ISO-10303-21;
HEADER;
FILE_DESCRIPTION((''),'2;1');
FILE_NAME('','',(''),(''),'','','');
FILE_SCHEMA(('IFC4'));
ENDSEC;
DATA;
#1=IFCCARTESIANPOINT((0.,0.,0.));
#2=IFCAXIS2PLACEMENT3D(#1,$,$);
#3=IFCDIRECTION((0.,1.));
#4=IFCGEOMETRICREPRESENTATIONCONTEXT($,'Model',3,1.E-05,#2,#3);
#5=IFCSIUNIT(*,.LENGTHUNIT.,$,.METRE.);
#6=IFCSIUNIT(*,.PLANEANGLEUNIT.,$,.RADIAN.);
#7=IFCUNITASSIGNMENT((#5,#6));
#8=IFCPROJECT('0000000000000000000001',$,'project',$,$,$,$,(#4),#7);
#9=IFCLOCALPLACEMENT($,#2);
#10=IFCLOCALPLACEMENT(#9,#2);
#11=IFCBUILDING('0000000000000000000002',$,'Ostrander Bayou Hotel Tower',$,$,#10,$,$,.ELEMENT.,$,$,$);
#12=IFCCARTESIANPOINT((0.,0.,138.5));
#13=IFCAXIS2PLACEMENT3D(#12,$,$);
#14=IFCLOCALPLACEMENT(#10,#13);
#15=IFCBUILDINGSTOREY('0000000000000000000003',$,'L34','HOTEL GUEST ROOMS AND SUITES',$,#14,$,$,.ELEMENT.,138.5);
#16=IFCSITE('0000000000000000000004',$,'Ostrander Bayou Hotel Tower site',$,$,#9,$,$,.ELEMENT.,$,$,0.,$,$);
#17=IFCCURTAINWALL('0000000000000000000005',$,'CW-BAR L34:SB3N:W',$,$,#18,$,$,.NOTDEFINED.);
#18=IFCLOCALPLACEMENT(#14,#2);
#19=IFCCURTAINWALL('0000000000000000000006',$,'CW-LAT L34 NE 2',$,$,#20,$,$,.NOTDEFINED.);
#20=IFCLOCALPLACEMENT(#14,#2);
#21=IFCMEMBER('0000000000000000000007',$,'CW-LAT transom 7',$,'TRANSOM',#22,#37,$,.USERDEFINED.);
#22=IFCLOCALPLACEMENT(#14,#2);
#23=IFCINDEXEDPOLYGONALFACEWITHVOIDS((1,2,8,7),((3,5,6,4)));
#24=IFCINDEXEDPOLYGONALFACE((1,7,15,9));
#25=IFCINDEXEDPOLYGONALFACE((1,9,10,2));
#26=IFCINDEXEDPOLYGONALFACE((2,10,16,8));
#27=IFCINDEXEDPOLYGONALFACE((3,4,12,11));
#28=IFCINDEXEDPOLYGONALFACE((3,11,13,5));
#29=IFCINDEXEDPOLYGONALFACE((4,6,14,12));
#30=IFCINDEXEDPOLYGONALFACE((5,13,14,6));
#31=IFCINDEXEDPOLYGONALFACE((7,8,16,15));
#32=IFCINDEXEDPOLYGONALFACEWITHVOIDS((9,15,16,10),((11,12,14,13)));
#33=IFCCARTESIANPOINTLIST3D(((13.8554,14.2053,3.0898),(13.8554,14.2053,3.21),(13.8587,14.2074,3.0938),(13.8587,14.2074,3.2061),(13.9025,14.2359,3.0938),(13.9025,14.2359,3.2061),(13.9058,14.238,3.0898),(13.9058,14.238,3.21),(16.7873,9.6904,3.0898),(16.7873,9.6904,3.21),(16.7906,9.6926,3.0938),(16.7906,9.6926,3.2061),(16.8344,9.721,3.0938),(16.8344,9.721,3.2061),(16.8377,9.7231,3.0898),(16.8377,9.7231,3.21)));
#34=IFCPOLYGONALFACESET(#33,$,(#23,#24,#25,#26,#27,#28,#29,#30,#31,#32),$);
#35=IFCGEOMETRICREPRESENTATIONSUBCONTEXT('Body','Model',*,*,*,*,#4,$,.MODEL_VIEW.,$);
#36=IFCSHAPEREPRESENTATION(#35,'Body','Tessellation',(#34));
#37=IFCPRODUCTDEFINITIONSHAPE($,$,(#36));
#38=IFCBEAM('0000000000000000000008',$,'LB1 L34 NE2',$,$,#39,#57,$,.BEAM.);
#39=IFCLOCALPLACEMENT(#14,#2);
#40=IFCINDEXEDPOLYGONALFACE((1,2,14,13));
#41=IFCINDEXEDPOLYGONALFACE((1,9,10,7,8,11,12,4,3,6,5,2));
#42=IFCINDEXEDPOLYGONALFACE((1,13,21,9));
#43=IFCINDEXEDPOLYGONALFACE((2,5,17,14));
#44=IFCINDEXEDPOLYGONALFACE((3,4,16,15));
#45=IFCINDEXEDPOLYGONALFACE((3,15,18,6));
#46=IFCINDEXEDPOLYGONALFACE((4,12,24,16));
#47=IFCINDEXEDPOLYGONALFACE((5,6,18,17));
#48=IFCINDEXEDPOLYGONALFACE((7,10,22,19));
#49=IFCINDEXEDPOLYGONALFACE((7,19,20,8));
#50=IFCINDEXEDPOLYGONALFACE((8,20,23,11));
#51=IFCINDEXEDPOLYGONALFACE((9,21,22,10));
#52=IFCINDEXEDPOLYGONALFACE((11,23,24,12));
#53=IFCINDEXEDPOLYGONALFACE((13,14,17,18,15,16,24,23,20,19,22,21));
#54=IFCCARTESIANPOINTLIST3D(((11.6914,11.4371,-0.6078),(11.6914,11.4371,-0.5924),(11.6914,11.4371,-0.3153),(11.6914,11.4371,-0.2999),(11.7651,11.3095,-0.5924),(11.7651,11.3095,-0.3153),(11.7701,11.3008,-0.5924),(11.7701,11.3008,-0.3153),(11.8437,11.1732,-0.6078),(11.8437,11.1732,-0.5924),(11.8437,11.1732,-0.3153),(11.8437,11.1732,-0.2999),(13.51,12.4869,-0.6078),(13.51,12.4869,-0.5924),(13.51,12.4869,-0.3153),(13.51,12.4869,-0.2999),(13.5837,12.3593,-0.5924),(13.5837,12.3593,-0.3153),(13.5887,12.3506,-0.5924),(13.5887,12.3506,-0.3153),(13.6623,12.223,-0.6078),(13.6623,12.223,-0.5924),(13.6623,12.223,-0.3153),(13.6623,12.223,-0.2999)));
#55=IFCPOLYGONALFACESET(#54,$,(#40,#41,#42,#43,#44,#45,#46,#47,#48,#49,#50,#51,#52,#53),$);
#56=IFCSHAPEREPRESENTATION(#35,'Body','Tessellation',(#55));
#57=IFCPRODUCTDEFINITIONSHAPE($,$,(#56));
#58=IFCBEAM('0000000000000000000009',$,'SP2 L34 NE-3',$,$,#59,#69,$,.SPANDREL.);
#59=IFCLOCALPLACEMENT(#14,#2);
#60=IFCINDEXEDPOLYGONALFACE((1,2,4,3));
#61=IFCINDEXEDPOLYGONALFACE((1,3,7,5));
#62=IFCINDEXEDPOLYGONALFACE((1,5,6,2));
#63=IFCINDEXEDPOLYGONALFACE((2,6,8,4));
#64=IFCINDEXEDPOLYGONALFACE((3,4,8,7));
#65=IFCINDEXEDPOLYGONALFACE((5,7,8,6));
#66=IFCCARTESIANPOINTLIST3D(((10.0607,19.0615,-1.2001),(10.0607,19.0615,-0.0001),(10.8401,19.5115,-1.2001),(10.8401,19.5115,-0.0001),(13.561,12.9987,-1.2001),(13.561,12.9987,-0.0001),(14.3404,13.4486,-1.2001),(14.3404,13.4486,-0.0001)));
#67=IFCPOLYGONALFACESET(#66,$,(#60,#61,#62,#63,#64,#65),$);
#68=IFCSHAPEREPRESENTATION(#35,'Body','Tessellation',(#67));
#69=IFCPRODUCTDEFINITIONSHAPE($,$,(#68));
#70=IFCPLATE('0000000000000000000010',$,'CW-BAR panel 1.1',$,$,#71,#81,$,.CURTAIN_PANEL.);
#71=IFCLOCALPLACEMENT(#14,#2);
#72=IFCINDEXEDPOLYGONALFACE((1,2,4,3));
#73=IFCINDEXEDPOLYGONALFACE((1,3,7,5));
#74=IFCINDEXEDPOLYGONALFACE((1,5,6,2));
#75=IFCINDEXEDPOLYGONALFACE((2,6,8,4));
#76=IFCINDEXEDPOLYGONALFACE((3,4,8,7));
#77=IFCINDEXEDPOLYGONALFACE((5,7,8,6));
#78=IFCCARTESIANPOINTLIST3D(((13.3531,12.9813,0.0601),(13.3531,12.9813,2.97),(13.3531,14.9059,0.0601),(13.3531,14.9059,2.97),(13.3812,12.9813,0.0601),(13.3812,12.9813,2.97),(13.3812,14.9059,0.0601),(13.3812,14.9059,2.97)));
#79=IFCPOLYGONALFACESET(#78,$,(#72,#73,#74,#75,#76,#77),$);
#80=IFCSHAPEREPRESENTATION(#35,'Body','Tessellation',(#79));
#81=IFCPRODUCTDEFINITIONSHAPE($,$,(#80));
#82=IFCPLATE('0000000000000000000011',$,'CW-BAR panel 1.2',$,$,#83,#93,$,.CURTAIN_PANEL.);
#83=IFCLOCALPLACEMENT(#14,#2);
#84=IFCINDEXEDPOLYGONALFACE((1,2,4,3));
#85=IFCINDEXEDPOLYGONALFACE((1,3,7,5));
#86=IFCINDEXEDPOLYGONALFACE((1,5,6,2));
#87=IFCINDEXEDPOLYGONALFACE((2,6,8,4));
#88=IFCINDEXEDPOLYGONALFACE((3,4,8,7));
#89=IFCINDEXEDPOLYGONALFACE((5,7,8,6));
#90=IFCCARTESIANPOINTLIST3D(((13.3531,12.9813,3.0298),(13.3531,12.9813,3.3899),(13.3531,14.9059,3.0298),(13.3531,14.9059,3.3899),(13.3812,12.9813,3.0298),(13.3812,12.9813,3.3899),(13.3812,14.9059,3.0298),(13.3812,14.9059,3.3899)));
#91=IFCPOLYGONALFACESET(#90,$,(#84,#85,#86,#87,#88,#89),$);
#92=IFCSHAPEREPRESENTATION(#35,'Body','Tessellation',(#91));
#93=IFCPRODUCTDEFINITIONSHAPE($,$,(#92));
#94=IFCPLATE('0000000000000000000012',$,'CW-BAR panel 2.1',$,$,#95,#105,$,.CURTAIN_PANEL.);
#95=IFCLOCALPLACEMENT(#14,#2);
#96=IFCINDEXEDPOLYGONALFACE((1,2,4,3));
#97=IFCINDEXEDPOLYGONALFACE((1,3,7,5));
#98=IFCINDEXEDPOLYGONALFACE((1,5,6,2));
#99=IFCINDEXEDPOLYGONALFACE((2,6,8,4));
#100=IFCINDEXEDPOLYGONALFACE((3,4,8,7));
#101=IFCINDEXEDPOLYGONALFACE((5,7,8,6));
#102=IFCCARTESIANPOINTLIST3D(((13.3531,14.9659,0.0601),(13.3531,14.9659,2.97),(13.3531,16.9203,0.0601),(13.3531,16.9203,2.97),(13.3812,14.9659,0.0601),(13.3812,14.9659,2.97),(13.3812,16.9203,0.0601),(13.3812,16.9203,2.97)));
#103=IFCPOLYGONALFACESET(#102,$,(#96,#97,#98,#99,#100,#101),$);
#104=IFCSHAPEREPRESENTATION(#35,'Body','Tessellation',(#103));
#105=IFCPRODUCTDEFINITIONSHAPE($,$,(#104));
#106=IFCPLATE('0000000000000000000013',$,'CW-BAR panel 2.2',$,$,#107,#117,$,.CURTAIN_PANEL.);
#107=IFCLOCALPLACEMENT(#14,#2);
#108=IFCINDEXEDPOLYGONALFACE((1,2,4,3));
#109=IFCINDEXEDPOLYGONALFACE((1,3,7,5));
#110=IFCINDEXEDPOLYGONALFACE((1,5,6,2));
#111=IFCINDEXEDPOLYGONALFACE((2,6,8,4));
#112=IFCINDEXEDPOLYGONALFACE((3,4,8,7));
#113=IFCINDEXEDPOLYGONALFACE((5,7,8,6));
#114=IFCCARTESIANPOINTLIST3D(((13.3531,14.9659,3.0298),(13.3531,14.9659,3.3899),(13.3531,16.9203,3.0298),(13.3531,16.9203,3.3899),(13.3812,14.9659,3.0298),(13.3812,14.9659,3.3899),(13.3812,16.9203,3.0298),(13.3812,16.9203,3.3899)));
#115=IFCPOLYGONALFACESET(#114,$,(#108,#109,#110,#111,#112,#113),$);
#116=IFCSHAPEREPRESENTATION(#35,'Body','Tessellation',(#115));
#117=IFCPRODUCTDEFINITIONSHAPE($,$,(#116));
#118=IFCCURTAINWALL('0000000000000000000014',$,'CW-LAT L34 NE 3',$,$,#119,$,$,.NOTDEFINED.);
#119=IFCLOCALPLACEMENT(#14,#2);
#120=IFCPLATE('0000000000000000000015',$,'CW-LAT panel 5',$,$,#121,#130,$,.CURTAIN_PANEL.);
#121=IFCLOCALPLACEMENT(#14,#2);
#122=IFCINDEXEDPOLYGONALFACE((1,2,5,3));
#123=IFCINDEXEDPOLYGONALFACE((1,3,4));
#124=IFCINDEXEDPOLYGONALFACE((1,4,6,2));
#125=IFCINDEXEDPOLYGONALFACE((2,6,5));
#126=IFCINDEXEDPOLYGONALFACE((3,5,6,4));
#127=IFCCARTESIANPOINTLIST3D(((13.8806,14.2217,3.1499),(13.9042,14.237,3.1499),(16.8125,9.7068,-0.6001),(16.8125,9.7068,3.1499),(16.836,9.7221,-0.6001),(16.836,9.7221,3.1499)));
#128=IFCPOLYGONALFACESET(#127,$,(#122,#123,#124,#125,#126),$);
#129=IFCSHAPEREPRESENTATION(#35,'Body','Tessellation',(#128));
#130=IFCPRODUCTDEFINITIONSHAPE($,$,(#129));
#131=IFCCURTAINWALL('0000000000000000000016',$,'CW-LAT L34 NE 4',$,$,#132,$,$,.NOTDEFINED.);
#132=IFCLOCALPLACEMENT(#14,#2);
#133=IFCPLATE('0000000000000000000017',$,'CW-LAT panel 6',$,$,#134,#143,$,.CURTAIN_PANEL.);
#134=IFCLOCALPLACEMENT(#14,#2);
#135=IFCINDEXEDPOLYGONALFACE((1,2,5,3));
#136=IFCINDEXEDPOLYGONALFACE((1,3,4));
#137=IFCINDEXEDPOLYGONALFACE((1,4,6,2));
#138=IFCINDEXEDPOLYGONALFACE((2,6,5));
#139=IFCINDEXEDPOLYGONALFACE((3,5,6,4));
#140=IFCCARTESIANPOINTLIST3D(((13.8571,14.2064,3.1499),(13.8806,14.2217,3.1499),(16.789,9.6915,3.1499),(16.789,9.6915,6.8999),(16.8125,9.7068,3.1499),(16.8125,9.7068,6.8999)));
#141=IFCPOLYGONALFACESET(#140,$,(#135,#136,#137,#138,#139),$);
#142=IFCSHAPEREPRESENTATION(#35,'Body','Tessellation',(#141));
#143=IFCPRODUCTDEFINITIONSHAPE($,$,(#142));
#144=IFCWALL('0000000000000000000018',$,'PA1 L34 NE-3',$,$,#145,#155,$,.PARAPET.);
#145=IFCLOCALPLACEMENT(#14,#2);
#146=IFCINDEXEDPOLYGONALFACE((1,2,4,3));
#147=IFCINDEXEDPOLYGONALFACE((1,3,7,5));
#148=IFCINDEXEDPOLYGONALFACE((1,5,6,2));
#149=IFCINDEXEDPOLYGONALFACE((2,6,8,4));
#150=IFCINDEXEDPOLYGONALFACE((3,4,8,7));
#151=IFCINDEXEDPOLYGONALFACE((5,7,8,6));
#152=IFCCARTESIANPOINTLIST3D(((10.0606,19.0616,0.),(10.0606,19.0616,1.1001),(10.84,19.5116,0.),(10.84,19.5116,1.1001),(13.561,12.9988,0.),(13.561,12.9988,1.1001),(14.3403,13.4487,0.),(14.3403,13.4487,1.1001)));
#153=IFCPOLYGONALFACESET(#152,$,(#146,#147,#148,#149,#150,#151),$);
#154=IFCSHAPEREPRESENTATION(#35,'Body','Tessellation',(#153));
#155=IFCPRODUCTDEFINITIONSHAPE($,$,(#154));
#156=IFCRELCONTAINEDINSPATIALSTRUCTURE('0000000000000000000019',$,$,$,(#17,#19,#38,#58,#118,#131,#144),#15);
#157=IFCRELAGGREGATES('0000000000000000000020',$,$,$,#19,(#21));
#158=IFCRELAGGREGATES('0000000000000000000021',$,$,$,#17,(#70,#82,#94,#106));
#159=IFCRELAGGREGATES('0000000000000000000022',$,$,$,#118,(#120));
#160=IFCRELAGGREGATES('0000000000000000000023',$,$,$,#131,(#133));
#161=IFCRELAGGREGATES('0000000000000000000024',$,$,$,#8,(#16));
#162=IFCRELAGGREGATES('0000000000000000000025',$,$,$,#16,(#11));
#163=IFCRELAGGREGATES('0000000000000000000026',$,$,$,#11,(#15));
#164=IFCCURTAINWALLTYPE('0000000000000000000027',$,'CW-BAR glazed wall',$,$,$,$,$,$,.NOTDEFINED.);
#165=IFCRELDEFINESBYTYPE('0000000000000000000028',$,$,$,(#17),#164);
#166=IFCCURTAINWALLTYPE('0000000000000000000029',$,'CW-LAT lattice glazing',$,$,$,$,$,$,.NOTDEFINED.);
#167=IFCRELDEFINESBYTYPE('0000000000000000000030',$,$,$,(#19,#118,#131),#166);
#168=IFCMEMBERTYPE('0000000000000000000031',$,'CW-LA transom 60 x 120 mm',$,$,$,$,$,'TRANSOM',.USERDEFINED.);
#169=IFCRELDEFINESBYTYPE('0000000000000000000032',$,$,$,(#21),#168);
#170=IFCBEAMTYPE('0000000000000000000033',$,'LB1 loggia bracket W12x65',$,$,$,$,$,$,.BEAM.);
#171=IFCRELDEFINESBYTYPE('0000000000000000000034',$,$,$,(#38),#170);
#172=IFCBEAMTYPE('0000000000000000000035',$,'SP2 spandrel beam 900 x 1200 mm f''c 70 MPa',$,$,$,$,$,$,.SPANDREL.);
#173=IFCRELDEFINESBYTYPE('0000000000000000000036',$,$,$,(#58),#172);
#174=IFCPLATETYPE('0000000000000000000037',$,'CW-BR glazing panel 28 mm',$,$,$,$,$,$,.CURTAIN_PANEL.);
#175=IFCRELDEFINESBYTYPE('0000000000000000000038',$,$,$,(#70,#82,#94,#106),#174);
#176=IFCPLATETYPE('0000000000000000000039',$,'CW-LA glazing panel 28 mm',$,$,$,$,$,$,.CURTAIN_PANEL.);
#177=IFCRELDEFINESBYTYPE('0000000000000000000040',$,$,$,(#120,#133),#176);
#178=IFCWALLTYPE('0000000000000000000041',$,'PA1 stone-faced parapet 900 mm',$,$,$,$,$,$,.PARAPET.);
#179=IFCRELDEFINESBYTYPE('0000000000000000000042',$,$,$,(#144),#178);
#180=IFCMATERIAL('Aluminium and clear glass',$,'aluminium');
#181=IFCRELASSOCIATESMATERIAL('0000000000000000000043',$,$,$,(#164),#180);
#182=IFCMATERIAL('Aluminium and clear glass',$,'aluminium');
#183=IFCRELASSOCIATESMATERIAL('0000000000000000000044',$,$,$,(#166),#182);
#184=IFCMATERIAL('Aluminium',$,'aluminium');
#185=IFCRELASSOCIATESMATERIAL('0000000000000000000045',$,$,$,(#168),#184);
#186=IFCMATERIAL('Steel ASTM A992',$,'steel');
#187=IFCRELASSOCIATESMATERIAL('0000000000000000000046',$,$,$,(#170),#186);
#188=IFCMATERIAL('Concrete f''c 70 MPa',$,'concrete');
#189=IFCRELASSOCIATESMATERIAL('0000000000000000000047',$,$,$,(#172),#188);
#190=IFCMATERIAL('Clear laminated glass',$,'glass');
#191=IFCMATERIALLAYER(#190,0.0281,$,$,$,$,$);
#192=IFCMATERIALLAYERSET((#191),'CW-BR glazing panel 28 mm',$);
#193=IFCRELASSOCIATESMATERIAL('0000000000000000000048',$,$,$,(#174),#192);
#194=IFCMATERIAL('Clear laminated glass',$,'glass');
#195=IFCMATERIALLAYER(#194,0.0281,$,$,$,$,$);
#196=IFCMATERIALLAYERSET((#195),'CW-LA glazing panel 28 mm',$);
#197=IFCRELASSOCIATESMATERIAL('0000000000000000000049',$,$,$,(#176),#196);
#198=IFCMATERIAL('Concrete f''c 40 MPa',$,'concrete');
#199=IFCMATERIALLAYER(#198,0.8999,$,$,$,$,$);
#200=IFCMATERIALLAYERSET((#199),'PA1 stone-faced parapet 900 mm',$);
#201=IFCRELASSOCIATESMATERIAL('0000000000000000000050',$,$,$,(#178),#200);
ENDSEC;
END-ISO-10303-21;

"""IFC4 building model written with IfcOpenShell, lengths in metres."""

from ifc_helpers import new_model, si_unit, direction, frame, frame_2d, origin, origin_2d, place, context, subcontext, project, spatial, polyline, rectangle, hollow_rectangle, i_section, outline, extrude, material, layer, layer_set, material_profile, profile_set, type_object, element, aggregate, save


model = new_model("IFC4")

# Units and contexts
model_context = context("Model", 3, precision=1e-05, world=origin(), true_north=direction((0.0, 1.0)))
body_context = subcontext(model_context, "Body", "Model", "MODEL_VIEW")
ifc_project = project(units=[si_unit("LENGTHUNIT", "METRE"), si_unit("PLANEANGLEUNIT", "RADIAN")], contexts=[model_context])

# Site, building, storey
site_placement = place(None, origin())
site = spatial("IfcSite", under=ifc_project, at=site_placement, Name="Ostrander Bayou Hotel Tower site", CompositionType="ELEMENT", RefElevation=0.0)
building_placement = place(site_placement, origin())
building = spatial("IfcBuilding", under=site, at=building_placement, Name="Ostrander Bayou Hotel Tower", CompositionType="ELEMENT")
storey_placement = place(building_placement, frame((0.0, 0.0, 138.5)))
storey = spatial("IfcBuildingStorey", under=building, at=storey_placement, Name="L34", Description="HOTEL GUEST ROOMS AND SUITES", CompositionType="ELEMENT", Elevation=138.5)

# Curtain walls, member
ifc_material_1 = material(Name="Aluminium and clear glass", Category="aluminium")
curtain_wall_type_1 = type_object("IfcCurtainWallType", Name="CW-BAR glazed wall", PredefinedType="NOTDEFINED", material=ifc_material_1)
curtain_wall_1_placement = place(storey_placement, origin())
curtain_wall_1 = element("IfcCurtainWall", 1, at=curtain_wall_1_placement, inside=storey, type_object=curtain_wall_type_1, Name="CW-BAR L34:SB3N:W", PredefinedType="NOTDEFINED")
ifc_material_2 = material(Name="Aluminium and clear glass", Category="aluminium")
curtain_wall_type_2 = type_object("IfcCurtainWallType", Name="CW-LAT lattice glazing", PredefinedType="NOTDEFINED", material=ifc_material_2)
curtain_wall_2_placement = place(storey_placement, origin())
curtain_wall_2 = element("IfcCurtainWall", 2, at=curtain_wall_2_placement, inside=storey, type_object=curtain_wall_type_2, Name="CW-LAT L34 NE 2", PredefinedType="NOTDEFINED")
ifc_material_3 = material(Name="Aluminium", Category="aluminium")
ifc_material_profile_1 = material_profile(ifc_material_3, hollow_rectangle(XDim=0.0601, YDim=0.1201, WallThickness=0.0039, at=origin_2d()))
ifc_profile_set_1 = profile_set([ifc_material_profile_1], Name="Aluminium")
member_type_1 = type_object("IfcMemberType", Name="CW-LA transom 60 x 120 mm", ElementType="TRANSOM", PredefinedType="USERDEFINED", material=ifc_profile_set_1)
member_1_placement = place(storey_placement, frame((16.8125, 9.7068, 3.1499), z_axis=(-0.544623, 0.838681, 0.0), x_axis=(-0.838681, -0.544623, 0.0)))
member_1 = element("IfcMember", 3, at=member_1_placement, type_object=member_type_1, Name="CW-LAT transom 7", ObjectType="TRANSOM", PredefinedType="USERDEFINED", context=body_context, shape_type="SweptSolid", body=[
    extrude(hollow_rectangle(XDim=0.0601, YDim=0.1201, WallThickness=0.0039, at=origin_2d()), origin(), (0.0, 0.0, 1.0), 5.3833),
])
aggregate(curtain_wall_2, [member_1])

# Beams
ifc_material_4 = material(Name="Steel ASTM A992", Category="steel")
ifc_material_profile_2 = material_profile(ifc_material_4, i_section(OverallWidth=0.3047, OverallDepth=0.3079, WebThickness=0.01, FlangeThickness=0.0154, at=origin_2d()))
ifc_profile_set_2 = profile_set([ifc_material_profile_2], Name="Steel ASTM A992")
beam_type_1 = type_object("IfcBeamType", Name="LB1 loggia bracket W12x65", PredefinedType="BEAM", material=ifc_profile_set_2)
beam_1_placement = place(storey_placement, frame((13.5862, 12.355, -0.4539), z_axis=(-0.86606, -0.499941, 0.0), x_axis=(0.499941, -0.86606, 0.0)))
element("IfcBeam", 4, at=beam_1_placement, inside=storey, type_object=beam_type_1, Name="LB1 L34 NE2", PredefinedType="BEAM", context=body_context, shape_type="SweptSolid", body=[
    extrude(i_section(OverallWidth=0.3047, OverallDepth=0.3079, WebThickness=0.01, FlangeThickness=0.0154, at=origin_2d()), origin(), (0.0, 0.0, 1.0), 2.0999),
])
ifc_material_5 = material(Name="Concrete f'c 70 MPa", Category="concrete")
ifc_material_profile_3 = material_profile(ifc_material_5, rectangle(XDim=0.8999, YDim=1.2, at=origin_2d()))
ifc_profile_set_3 = profile_set([ifc_material_profile_3], Name="Concrete f'c 70 MPa")
beam_type_2 = type_object("IfcBeamType", Name="SP2 spandrel beam 900 x 1200 mm f'c 70 MPa", PredefinedType="SPANDREL", material=ifc_profile_set_3)
beam_2_placement = place(storey_placement, frame((13.9507, 13.2236, -0.6001), z_axis=(-0.499991, 0.866031, 0.0), x_axis=(-0.866031, -0.499991, 0.0)))
element("IfcBeam", 5, at=beam_2_placement, inside=storey, type_object=beam_type_2, Name="SP2 L34 NE-3", PredefinedType="SPANDREL", context=body_context, shape_type="SweptSolid", body=[
    extrude(rectangle(XDim=0.8999, YDim=1.2, at=origin_2d()), origin(), (0.0, 0.0, 1.0), 7.0007),
])

# Plates
ifc_material_6 = material(Name="Clear laminated glass", Category="glass")
ifc_layer_1 = layer(ifc_material_6, 0.0281)
ifc_layer_set_1 = layer_set([ifc_layer_1], Name="CW-BR glazing panel 28 mm")
plate_type_1 = type_object("IfcPlateType", Name="CW-BR glazing panel 28 mm", PredefinedType="CURTAIN_PANEL", material=ifc_layer_set_1)
plate_1_placement = place(storey_placement, frame((13.3672, 13.9436, 0.0601), z_axis=(0.0, 0.0, 1.0), x_axis=(0.0, 1.0, 0.0)))
plate_1 = element("IfcPlate", 6, at=plate_1_placement, type_object=plate_type_1, Name="CW-BAR panel 1.1", PredefinedType="CURTAIN_PANEL", context=body_context, shape_type="SweptSolid", body=[
    extrude(rectangle(XDim=1.9246, YDim=0.0281, at=origin_2d()), origin(), (0.0, 0.0, 1.0), 2.9099),
])
plate_2_placement = place(storey_placement, frame((13.3672, 13.9436, 3.0298), z_axis=(0.0, 0.0, 1.0), x_axis=(0.0, 1.0, 0.0)))
plate_2 = element("IfcPlate", 7, at=plate_2_placement, type_object=plate_type_1, Name="CW-BAR panel 1.2", PredefinedType="CURTAIN_PANEL", context=body_context, shape_type="SweptSolid", body=[
    extrude(rectangle(XDim=1.9246, YDim=0.0281, at=origin_2d()), origin(), (0.0, 0.0, 1.0), 0.3601),
])
plate_3_placement = place(storey_placement, frame((13.3672, 15.9431, 0.0601), z_axis=(0.0, 0.0, 1.0), x_axis=(0.0, 1.0, 0.0)))
plate_3 = element("IfcPlate", 8, at=plate_3_placement, type_object=plate_type_1, Name="CW-BAR panel 2.1", PredefinedType="CURTAIN_PANEL", context=body_context, shape_type="SweptSolid", body=[
    extrude(rectangle(XDim=1.9543, YDim=0.0281, at=origin_2d()), origin(), (0.0, 0.0, 1.0), 2.9099),
])
plate_4_placement = place(storey_placement, frame((13.3672, 15.9431, 3.0298), z_axis=(0.0, 0.0, 1.0), x_axis=(0.0, 1.0, 0.0)))
plate_4 = element("IfcPlate", 9, at=plate_4_placement, type_object=plate_type_1, Name="CW-BAR panel 2.2", PredefinedType="CURTAIN_PANEL", context=body_context, shape_type="SweptSolid", body=[
    extrude(rectangle(XDim=1.9543, YDim=0.0281, at=origin_2d()), origin(), (0.0, 0.0, 1.0), 0.3601),
])
aggregate(curtain_wall_1, [plate_1, plate_2, plate_3, plate_4])

# Curtain walls, plates
curtain_wall_3_placement = place(storey_placement, origin())
curtain_wall_3 = element("IfcCurtainWall", 10, at=curtain_wall_3_placement, inside=storey, type_object=curtain_wall_type_2, Name="CW-LAT L34 NE 3", PredefinedType="NOTDEFINED")
ifc_material_7 = material(Name="Clear laminated glass", Category="glass")
ifc_layer_2 = layer(ifc_material_7, 0.0281)
ifc_layer_set_2 = layer_set([ifc_layer_2], Name="CW-LA glazing panel 28 mm")
plate_type_2 = type_object("IfcPlateType", Name="CW-LA glazing panel 28 mm", PredefinedType="CURTAIN_PANEL", material=ifc_layer_set_2)
plate_5_placement = place(storey_placement, frame((13.8806, 14.2217, 3.1499), z_axis=(-0.838681, -0.544623, 0.0), x_axis=(0.446886, -0.688173, -0.571586)))
plate_5 = element("IfcPlate", 11, at=plate_5_placement, type_object=plate_type_2, Name="CW-LAT panel 5", PredefinedType="CURTAIN_PANEL", context=body_context, shape_type="SweptSolid", body=[
    extrude(outline(polyline([(0.0, 0.0), (6.5607, 0.0), (4.4172, 3.077), (0.0, 0.0)])), origin(), (0.0, 0.0, -1.0), 0.0281),
])
aggregate(curtain_wall_3, [plate_5])
curtain_wall_4_placement = place(storey_placement, origin())
curtain_wall_4 = element("IfcCurtainWall", 12, at=curtain_wall_4_placement, inside=storey, type_object=curtain_wall_type_2, Name="CW-LAT L34 NE 4", PredefinedType="NOTDEFINED")
plate_6_placement = place(storey_placement, frame((13.8806, 14.2217, 3.1499), z_axis=(0.838681, 0.544623, 0.0), x_axis=(0.446886, -0.688173, 0.571586)))
plate_6 = element("IfcPlate", 13, at=plate_6_placement, type_object=plate_type_2, Name="CW-LAT panel 6", PredefinedType="CURTAIN_PANEL", context=body_context, shape_type="SweptSolid", body=[
    extrude(outline(polyline([(0.0, 0.0), (6.5607, 0.0), (4.4172, 3.077), (0.0, 0.0)])), origin(), (0.0, 0.0, -1.0), 0.0281),
])
aggregate(curtain_wall_4, [plate_6])

# Wall
ifc_material_8 = material(Name="Concrete f'c 40 MPa", Category="concrete")
ifc_layer_3 = layer(ifc_material_8, 0.8999)
ifc_layer_set_3 = layer_set([ifc_layer_3], Name="PA1 stone-faced parapet 900 mm")
wall_type = type_object("IfcWallType", Name="PA1 stone-faced parapet 900 mm", PredefinedType="PARAPET", material=ifc_layer_set_3)
wall_placement = place(storey_placement, frame((13.9507, 13.2236, 0.0), z_axis=(0.0, 0.0, 1.0), x_axis=(-0.499991, 0.866031, 0.0)))
element("IfcWall", 14, at=wall_placement, inside=storey, type_object=wall_type, Name="PA1 L34 NE-3", PredefinedType="PARAPET", context=body_context, shape_type="SweptSolid", body=[
    extrude(rectangle(XDim=7.0007, YDim=0.8999, at=frame_2d((3.5005, 0.0))), origin(), (0.0, 0.0, 1.0), 1.1001),
])

save(model, "model.ifc")
